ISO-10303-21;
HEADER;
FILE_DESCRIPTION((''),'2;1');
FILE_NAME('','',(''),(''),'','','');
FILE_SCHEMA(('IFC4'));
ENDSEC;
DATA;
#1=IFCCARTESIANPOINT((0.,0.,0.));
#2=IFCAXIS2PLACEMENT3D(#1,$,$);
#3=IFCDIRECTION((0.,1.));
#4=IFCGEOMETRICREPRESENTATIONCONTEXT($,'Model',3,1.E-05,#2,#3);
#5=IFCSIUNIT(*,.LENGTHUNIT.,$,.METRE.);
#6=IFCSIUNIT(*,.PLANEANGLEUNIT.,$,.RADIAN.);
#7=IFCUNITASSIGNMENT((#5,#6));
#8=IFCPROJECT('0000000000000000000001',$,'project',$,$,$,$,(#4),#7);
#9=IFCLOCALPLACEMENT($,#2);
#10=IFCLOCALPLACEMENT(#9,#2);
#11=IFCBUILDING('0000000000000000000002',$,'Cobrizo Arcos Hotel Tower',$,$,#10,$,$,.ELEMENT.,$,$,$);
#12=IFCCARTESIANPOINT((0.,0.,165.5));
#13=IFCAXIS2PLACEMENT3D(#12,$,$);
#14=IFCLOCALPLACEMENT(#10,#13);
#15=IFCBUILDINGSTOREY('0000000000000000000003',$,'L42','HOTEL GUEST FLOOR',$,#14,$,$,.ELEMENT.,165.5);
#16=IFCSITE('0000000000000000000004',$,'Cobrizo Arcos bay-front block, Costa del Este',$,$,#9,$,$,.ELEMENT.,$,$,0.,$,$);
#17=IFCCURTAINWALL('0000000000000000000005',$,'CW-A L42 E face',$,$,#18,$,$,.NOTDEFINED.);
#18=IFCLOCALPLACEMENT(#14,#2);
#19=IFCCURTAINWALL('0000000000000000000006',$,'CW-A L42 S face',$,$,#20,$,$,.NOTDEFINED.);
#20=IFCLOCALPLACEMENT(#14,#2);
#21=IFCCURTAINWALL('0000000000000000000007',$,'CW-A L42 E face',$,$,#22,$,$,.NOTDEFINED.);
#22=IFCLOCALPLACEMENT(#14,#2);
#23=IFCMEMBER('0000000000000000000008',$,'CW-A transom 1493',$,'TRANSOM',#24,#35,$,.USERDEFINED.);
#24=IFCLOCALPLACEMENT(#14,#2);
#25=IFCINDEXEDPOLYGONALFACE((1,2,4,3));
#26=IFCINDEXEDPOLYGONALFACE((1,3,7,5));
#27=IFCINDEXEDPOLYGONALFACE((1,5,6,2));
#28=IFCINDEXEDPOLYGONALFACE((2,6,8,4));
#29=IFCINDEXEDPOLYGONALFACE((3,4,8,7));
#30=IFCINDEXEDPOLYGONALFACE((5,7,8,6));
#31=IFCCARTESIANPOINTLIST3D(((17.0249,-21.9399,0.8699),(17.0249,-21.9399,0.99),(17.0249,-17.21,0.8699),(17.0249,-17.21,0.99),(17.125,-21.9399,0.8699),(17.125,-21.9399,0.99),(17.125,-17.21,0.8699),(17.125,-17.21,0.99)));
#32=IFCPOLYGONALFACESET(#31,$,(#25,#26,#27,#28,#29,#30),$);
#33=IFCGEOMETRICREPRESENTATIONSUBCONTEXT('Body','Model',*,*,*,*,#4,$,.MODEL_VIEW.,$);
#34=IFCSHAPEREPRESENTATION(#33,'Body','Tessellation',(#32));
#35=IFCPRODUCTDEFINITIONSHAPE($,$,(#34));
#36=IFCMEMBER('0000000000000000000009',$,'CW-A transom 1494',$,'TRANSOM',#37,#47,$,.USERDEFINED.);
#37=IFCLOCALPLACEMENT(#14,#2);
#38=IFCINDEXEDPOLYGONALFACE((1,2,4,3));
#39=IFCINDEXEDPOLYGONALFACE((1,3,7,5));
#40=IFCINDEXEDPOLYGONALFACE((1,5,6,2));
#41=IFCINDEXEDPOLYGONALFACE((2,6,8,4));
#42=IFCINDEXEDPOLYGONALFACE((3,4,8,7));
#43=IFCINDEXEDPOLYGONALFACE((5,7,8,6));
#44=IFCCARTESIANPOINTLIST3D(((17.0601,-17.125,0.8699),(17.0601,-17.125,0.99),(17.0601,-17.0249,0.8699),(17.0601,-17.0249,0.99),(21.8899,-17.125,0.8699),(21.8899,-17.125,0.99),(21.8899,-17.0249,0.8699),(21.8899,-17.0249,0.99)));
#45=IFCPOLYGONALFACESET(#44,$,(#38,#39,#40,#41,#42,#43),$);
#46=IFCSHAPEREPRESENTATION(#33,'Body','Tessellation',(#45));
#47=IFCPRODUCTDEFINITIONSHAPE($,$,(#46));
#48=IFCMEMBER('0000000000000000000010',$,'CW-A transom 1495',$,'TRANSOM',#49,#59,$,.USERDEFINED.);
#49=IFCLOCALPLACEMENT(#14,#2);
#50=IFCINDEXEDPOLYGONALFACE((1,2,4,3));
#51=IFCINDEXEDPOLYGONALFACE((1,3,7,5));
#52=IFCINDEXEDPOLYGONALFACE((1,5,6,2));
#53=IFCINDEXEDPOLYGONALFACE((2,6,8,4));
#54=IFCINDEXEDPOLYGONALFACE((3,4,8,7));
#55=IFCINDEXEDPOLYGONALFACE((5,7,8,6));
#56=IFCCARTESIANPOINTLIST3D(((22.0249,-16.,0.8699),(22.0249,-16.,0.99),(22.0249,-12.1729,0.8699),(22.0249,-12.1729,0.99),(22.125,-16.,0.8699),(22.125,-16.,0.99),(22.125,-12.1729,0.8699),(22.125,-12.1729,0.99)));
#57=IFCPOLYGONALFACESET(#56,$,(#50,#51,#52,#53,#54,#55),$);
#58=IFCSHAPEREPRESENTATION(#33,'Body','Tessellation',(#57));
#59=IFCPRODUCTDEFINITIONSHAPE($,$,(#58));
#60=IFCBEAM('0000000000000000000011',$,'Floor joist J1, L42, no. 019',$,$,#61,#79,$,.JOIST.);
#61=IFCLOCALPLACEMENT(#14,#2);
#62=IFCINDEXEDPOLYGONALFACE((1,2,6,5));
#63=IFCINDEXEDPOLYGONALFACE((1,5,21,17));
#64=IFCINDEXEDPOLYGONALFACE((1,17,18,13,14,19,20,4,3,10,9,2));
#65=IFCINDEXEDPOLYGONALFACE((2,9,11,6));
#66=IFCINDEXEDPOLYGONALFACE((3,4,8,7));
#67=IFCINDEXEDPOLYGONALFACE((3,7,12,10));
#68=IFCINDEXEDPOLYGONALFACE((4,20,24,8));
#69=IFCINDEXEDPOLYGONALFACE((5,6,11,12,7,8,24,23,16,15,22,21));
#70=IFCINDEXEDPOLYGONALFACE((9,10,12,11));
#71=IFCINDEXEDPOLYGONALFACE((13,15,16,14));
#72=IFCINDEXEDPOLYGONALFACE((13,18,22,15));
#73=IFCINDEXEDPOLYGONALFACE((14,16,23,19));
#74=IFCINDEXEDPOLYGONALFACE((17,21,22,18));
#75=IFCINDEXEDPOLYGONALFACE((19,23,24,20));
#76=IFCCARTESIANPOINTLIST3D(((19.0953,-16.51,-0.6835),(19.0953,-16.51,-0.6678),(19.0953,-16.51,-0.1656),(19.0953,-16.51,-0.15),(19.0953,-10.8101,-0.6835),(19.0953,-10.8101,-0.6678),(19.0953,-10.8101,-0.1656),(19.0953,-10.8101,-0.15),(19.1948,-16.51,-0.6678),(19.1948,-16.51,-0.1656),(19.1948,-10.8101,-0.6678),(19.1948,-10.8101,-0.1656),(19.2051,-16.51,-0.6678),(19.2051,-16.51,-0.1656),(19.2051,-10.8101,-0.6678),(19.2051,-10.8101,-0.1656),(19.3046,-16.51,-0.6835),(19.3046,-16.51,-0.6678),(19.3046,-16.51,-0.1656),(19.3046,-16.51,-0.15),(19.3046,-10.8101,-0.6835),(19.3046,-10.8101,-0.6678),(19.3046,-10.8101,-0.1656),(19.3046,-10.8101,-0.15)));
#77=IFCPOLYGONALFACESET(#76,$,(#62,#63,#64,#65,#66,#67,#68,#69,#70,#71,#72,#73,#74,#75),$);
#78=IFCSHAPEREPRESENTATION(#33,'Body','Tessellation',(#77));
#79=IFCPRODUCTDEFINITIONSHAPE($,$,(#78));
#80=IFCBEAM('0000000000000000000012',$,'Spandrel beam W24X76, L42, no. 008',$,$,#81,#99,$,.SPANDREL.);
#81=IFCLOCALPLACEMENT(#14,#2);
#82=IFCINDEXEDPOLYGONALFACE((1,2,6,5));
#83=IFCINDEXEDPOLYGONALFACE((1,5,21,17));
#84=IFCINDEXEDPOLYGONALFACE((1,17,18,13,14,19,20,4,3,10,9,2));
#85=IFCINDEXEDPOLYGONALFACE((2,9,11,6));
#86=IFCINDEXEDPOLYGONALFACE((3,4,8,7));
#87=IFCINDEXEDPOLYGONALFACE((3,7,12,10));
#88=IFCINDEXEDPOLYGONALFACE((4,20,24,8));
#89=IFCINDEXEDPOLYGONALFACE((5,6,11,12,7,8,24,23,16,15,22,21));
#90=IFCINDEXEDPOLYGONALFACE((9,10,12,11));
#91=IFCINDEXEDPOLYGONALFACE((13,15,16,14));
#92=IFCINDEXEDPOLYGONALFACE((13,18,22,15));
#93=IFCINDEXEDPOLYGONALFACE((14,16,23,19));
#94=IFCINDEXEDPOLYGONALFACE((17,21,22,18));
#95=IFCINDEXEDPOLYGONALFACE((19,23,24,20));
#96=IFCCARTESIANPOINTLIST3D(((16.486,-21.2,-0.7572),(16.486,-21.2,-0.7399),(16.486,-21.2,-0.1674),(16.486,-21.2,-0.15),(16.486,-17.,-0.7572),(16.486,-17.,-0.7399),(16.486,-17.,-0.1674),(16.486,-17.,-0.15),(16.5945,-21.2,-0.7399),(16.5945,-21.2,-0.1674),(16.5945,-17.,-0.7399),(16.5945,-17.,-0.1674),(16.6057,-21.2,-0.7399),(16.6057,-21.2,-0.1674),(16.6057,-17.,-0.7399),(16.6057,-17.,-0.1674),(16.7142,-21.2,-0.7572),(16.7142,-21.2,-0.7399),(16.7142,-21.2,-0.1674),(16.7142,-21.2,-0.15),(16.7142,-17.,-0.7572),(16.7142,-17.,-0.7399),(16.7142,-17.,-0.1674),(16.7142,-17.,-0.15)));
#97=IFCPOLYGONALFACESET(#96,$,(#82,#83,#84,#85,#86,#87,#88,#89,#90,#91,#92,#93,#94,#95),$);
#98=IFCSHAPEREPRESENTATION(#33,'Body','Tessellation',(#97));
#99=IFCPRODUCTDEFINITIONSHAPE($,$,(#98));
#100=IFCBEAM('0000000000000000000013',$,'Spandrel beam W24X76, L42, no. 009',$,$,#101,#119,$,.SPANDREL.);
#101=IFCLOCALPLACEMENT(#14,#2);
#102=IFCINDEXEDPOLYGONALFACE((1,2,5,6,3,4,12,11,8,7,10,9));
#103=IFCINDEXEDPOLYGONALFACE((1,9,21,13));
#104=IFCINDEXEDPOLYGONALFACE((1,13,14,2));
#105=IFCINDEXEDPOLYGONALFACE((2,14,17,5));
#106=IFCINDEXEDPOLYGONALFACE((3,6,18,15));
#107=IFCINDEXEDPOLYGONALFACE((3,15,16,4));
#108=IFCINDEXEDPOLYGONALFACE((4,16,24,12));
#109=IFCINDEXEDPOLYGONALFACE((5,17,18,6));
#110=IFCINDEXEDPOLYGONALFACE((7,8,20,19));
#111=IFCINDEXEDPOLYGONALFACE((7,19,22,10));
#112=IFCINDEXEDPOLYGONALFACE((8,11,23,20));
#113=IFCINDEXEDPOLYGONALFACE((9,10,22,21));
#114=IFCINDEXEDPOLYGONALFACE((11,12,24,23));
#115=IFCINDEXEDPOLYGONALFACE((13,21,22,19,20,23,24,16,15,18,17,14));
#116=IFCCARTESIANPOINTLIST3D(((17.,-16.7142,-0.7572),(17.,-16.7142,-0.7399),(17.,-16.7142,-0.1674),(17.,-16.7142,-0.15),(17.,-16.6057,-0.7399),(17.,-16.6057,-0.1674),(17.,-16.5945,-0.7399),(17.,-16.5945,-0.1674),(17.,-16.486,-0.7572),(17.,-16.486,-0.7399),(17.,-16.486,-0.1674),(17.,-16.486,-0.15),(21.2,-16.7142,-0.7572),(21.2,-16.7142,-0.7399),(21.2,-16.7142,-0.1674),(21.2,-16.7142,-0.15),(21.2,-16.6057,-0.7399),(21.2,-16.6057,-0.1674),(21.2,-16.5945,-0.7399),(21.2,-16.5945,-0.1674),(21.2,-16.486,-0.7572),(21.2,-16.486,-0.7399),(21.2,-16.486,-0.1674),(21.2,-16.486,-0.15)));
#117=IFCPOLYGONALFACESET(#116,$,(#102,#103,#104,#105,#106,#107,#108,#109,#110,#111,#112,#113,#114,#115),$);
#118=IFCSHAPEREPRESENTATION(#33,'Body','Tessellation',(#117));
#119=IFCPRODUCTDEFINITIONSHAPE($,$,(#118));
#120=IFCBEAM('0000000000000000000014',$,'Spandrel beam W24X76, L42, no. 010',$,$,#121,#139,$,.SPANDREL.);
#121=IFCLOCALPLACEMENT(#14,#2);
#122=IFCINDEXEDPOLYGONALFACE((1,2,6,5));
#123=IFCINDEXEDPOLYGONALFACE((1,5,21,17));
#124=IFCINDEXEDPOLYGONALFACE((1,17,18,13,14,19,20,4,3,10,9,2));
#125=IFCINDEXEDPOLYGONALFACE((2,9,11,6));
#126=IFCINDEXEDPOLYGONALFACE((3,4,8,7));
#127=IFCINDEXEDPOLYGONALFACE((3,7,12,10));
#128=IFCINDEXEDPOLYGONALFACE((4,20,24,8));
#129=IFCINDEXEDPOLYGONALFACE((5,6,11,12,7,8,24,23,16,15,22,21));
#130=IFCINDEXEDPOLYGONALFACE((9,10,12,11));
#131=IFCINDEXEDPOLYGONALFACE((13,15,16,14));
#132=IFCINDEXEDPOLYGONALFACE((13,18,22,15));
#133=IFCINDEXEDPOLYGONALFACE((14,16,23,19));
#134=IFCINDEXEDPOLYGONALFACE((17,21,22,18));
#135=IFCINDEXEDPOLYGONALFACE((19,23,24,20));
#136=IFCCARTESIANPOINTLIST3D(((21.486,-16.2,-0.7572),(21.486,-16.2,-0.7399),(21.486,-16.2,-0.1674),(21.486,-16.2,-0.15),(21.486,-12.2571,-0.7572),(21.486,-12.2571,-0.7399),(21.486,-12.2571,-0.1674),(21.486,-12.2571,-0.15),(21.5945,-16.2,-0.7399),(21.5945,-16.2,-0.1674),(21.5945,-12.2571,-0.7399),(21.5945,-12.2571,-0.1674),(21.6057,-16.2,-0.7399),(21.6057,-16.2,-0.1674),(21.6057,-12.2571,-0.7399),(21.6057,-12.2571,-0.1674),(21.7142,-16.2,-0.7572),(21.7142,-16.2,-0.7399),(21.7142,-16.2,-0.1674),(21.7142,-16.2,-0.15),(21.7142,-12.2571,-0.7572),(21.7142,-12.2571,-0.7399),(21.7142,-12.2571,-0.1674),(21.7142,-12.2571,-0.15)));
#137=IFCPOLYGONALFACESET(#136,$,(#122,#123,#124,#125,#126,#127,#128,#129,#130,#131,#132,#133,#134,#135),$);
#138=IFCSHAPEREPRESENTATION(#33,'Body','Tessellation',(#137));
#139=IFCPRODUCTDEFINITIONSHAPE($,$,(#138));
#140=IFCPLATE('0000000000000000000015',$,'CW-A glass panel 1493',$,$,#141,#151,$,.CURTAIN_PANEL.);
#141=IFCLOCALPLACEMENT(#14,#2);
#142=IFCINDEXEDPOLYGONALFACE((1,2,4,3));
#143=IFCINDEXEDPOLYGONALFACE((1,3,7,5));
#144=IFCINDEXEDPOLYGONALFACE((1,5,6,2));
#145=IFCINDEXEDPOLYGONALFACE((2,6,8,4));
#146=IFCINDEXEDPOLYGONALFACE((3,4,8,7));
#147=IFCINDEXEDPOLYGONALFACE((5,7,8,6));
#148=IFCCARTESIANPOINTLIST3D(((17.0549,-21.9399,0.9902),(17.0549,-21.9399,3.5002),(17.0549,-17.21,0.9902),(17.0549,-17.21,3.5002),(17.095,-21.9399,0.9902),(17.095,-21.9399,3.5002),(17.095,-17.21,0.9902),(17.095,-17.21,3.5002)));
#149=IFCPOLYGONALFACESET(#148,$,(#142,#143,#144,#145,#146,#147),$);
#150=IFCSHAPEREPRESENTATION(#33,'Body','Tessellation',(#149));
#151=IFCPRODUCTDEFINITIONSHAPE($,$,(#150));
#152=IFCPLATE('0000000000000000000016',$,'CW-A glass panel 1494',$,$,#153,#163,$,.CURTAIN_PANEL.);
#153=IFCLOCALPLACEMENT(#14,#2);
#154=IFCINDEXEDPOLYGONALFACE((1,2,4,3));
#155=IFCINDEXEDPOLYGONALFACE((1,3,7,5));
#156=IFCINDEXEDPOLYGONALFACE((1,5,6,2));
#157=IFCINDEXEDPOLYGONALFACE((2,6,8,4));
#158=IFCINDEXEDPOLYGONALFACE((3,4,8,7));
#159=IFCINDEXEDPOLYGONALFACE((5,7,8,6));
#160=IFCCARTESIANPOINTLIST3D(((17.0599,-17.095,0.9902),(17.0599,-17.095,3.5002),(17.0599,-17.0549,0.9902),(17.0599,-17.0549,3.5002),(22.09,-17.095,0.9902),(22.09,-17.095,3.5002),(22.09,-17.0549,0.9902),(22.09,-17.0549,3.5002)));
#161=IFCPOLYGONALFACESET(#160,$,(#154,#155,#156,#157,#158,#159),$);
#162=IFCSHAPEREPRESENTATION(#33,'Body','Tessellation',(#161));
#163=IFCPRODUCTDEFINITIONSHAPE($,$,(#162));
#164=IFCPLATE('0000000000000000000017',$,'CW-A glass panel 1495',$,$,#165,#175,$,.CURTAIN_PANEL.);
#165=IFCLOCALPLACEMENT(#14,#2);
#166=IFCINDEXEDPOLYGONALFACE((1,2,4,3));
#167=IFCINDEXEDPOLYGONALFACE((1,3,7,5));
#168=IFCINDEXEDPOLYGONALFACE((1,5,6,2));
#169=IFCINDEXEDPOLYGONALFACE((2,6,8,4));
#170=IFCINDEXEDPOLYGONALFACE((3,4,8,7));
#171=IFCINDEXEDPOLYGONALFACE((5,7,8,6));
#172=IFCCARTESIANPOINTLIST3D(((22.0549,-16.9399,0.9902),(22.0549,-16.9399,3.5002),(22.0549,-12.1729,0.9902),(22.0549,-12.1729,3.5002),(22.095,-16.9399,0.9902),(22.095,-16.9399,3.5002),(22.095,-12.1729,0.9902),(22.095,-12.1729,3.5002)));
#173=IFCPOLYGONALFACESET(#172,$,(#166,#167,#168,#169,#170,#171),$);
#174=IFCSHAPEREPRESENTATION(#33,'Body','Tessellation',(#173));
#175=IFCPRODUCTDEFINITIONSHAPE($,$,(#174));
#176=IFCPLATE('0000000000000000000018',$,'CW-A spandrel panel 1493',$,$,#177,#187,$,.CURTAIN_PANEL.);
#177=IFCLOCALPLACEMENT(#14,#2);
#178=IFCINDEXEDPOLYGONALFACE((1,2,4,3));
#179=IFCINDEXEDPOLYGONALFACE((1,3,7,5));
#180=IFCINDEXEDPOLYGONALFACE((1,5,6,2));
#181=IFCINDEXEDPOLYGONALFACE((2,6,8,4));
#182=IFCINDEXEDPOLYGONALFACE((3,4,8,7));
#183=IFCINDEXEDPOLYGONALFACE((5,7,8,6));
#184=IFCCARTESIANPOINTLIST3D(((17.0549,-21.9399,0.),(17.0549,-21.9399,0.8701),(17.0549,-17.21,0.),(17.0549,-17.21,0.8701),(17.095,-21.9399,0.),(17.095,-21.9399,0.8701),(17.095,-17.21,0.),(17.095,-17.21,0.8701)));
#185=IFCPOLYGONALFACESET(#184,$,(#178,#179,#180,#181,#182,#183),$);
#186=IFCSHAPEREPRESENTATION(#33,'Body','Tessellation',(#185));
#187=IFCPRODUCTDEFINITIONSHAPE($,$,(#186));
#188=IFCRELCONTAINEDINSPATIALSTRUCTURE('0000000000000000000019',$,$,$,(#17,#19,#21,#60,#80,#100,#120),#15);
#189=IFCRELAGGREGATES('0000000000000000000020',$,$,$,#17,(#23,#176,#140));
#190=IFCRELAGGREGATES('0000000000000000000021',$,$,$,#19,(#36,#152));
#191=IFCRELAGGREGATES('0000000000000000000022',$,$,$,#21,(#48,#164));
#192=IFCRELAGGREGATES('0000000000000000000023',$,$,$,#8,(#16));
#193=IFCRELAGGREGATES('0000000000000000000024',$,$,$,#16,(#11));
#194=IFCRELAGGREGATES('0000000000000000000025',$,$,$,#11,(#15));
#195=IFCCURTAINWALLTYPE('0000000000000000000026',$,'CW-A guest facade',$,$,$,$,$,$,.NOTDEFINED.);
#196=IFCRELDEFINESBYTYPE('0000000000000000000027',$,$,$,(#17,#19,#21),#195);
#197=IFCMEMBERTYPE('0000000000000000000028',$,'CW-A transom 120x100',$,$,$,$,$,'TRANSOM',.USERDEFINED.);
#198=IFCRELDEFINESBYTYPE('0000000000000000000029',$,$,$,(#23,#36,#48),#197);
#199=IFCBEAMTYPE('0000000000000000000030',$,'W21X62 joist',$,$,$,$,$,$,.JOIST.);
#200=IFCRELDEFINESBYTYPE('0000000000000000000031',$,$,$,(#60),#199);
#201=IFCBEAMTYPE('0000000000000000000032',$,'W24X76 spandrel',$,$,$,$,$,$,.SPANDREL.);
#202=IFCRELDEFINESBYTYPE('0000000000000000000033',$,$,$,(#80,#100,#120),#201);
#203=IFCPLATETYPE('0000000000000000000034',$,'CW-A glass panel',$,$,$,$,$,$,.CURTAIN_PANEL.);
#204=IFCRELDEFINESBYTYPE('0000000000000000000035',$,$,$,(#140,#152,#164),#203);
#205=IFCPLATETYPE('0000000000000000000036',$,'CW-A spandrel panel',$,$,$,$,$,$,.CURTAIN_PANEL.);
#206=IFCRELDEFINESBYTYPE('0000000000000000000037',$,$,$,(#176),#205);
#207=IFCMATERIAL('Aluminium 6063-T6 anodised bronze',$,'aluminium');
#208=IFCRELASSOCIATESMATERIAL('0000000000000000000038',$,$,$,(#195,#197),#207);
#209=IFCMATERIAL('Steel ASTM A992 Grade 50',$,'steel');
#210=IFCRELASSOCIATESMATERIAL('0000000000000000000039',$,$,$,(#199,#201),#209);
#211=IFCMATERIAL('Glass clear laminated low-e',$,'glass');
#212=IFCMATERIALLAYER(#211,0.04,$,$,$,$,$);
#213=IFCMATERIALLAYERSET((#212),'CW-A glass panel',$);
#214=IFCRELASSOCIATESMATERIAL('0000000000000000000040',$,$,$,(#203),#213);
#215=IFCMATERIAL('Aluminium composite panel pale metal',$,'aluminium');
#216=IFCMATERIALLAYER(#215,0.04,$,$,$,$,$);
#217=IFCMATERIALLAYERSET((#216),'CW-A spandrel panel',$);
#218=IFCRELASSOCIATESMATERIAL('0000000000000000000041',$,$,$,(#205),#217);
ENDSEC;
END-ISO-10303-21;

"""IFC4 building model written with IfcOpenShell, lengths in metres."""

from ifc_helpers import new_model, si_unit, direction, frame, origin, origin_2d, place, context, subcontext, project, spatial, rectangle, i_section, extrude, material, layer, layer_set, material_profile, profile_set, type_object, element, aggregate, save


model = new_model("IFC4")

# Units and contexts
model_context = context("Model", 3, precision=1e-05, world=origin(), true_north=direction((0.0, 1.0)))
body_context = subcontext(model_context, "Body", "Model", "MODEL_VIEW")
ifc_project = project(units=[si_unit("LENGTHUNIT", "METRE"), si_unit("PLANEANGLEUNIT", "RADIAN")], contexts=[model_context])

# Site, building, storey
site_placement = place(None, origin())
site = spatial("IfcSite", under=ifc_project, at=site_placement, Name="Cobrizo Arcos bay-front block, Costa del Este", CompositionType="ELEMENT", RefElevation=0.0)
building_placement = place(site_placement, origin())
building = spatial("IfcBuilding", under=site, at=building_placement, Name="Cobrizo Arcos Hotel Tower", CompositionType="ELEMENT")
storey_placement = place(building_placement, frame((0.0, 0.0, 165.5)))
storey = spatial("IfcBuildingStorey", under=building, at=storey_placement, Name="L42", Description="HOTEL GUEST FLOOR", CompositionType="ELEMENT", Elevation=165.5)

# Shared definitions
ifc_material_1 = material(Name="Aluminium 6063-T6 anodised bronze", Category="aluminium")
curtain_wall_type = type_object("IfcCurtainWallType", Name="CW-A guest facade", PredefinedType="NOTDEFINED", material=ifc_material_1)

# Curtain walls
curtain_wall_1_placement = place(storey_placement, origin())
curtain_wall_1 = element("IfcCurtainWall", 1, at=curtain_wall_1_placement, inside=storey, type_object=curtain_wall_type, Name="CW-A L42 E face", PredefinedType="NOTDEFINED")
curtain_wall_2_placement = place(storey_placement, origin())
curtain_wall_2 = element("IfcCurtainWall", 2, at=curtain_wall_2_placement, inside=storey, type_object=curtain_wall_type, Name="CW-A L42 S face", PredefinedType="NOTDEFINED")

# Curtain wall
curtain_wall_3_placement = place(storey_placement, origin())
curtain_wall_3 = element("IfcCurtainWall", 3, at=curtain_wall_3_placement, inside=storey, type_object=curtain_wall_type, Name="CW-A L42 E face", PredefinedType="NOTDEFINED")

# Members
ifc_material_profile_1 = material_profile(ifc_material_1, rectangle(XDim=0.1001, YDim=0.1201, at=origin_2d()), Name="CW-A transom 120x100")
ifc_profile_set_1 = profile_set([ifc_material_profile_1], Name="Aluminium 6063-T6 anodised bronze")
member_type_1 = type_object("IfcMemberType", Name="CW-A transom 120x100", ElementType="TRANSOM", PredefinedType="USERDEFINED", material=ifc_profile_set_1)
member_1_placement = place(storey_placement, frame((17.075, -21.9399, 0.9299), z_axis=(0.0, 1.0, 0.0), x_axis=(-1.0, 0.0, 0.0)))
member_1 = element("IfcMember", 4, at=member_1_placement, type_object=member_type_1, Name="CW-A transom 1493", ObjectType="TRANSOM", PredefinedType="USERDEFINED", context=body_context, shape_type="SweptSolid", body=[
    extrude(rectangle(XDim=0.1001, YDim=0.1201, at=origin_2d()), origin(), (0.0, 0.0, 1.0), 4.73),
])
member_2_placement = place(storey_placement, frame((17.0601, -17.075, 0.9299), z_axis=(1.0, 0.0, 0.0), x_axis=(0.0, 1.0, 0.0)))
member_2 = element("IfcMember", 5, at=member_2_placement, type_object=member_type_1, Name="CW-A transom 1494", ObjectType="TRANSOM", PredefinedType="USERDEFINED", context=body_context, shape_type="SweptSolid", body=[
    extrude(rectangle(XDim=0.1001, YDim=0.1201, at=origin_2d()), origin(), (0.0, 0.0, 1.0), 4.8298),
])
member_3_placement = place(storey_placement, frame((22.075, -16.0, 0.9299), z_axis=(0.0, 1.0, 0.0), x_axis=(-1.0, 0.0, 0.0)))
member_3 = element("IfcMember", 6, at=member_3_placement, type_object=member_type_1, Name="CW-A transom 1495", ObjectType="TRANSOM", PredefinedType="USERDEFINED", context=body_context, shape_type="SweptSolid", body=[
    extrude(rectangle(XDim=0.1001, YDim=0.1201, at=origin_2d()), origin(), (0.0, 0.0, 1.0), 3.8271),
])

# Beams
ifc_material_2 = material(Name="Steel ASTM A992 Grade 50", Category="steel")
ifc_material_profile_2 = material_profile(ifc_material_2, i_section(OverallWidth=0.2092, OverallDepth=0.5334, WebThickness=0.0103, FlangeThickness=0.0156, at=origin_2d()), Name="W21X62")
ifc_profile_set_2 = profile_set([ifc_material_profile_2], Name="Steel ASTM A992 Grade 50")
beam_type_1 = type_object("IfcBeamType", Name="W21X62 joist", PredefinedType="JOIST", material=ifc_profile_set_2)
beam_1_placement = place(storey_placement, frame((19.2, -16.51, -0.4167), z_axis=(0.0, 1.0, 0.0), x_axis=(-1.0, 0.0, 0.0)))
element("IfcBeam", 7, at=beam_1_placement, inside=storey, type_object=beam_type_1, Name="Floor joist J1, L42, no. 019", PredefinedType="JOIST", context=body_context, shape_type="SweptSolid", body=[
    extrude(i_section(OverallWidth=0.2092, OverallDepth=0.5334, WebThickness=0.0103, FlangeThickness=0.0156, at=origin_2d()), origin(), (0.0, 0.0, 1.0), 5.7),
])
ifc_material_profile_3 = material_profile(ifc_material_2, i_section(OverallWidth=0.2283, OverallDepth=0.6072, WebThickness=0.0112, FlangeThickness=0.0173, at=origin_2d()), Name="W24X76")
ifc_profile_set_3 = profile_set([ifc_material_profile_3], Name="Steel ASTM A992 Grade 50")
beam_type_2 = type_object("IfcBeamType", Name="W24X76 spandrel", PredefinedType="SPANDREL", material=ifc_profile_set_3)
for number, where, z_axis, x_axis, name in (
    (8, (16.6001, -21.2, -0.4536), (0.0, 1.0, 0.0), (-1.0, 0.0, 0.0), "Spandrel beam W24X76, L42, no. 008"),
    (9, (17.0, -16.6001, -0.4536), (1.0, 0.0, 0.0), (0.0, 1.0, 0.0), "Spandrel beam W24X76, L42, no. 009"),
):
    element("IfcBeam", number, at=place(storey_placement, frame(where, z_axis=z_axis, x_axis=x_axis)), inside=storey, type_object=beam_type_2, Name=name, PredefinedType="SPANDREL", context=body_context, shape_type="SweptSolid", body=[
        extrude(i_section(OverallWidth=0.2283, OverallDepth=0.6072, WebThickness=0.0112, FlangeThickness=0.0173, at=origin_2d()), origin(), (0.0, 0.0, 1.0), 4.2),
    ])
beam_2_placement = place(storey_placement, frame((21.6001, -16.2, -0.4536), z_axis=(0.0, 1.0, 0.0), x_axis=(-1.0, 0.0, 0.0)))
element("IfcBeam", 10, at=beam_2_placement, inside=storey, type_object=beam_type_2, Name="Spandrel beam W24X76, L42, no. 010", PredefinedType="SPANDREL", context=body_context, shape_type="SweptSolid", body=[
    extrude(i_section(OverallWidth=0.2283, OverallDepth=0.6072, WebThickness=0.0112, FlangeThickness=0.0173, at=origin_2d()), origin(), (0.0, 0.0, 1.0), 3.9429),
])

# Plates
ifc_material_3 = material(Name="Glass clear laminated low-e", Category="glass")
ifc_layer_1 = layer(ifc_material_3, 0.04)
ifc_layer_set_1 = layer_set([ifc_layer_1], Name="CW-A glass panel")
plate_type_1 = type_object("IfcPlateType", Name="CW-A glass panel", PredefinedType="CURTAIN_PANEL", material=ifc_layer_set_1)
plate_1_placement = place(storey_placement, frame((17.075, -19.575, 0.9902), z_axis=(0.0, 0.0, 1.0), x_axis=(0.0, 1.0, 0.0)))
plate_1 = element("IfcPlate", 11, at=plate_1_placement, type_object=plate_type_1, Name="CW-A glass panel 1493", PredefinedType="CURTAIN_PANEL", context=body_context, shape_type="SweptSolid", body=[
    extrude(rectangle(XDim=4.73, YDim=0.04, at=origin_2d()), origin(), (0.0, 0.0, 1.0), 2.51),
])
plate_2_placement = place(storey_placement, frame((19.575, -17.075, 0.9902), z_axis=(0.0, 0.0, 1.0), x_axis=(1.0, 0.0, 0.0)))
plate_2 = element("IfcPlate", 12, at=plate_2_placement, type_object=plate_type_1, Name="CW-A glass panel 1494", PredefinedType="CURTAIN_PANEL", context=body_context, shape_type="SweptSolid", body=[
    extrude(rectangle(XDim=5.03, YDim=0.04, at=origin_2d()), origin(), (0.0, 0.0, 1.0), 2.51),
])
plate_3_placement = place(storey_placement, frame((22.075, -14.5564, 0.9902), z_axis=(0.0, 0.0, 1.0), x_axis=(0.0, 1.0, 0.0)))
plate_3 = element("IfcPlate", 13, at=plate_3_placement, type_object=plate_type_1, Name="CW-A glass panel 1495", PredefinedType="CURTAIN_PANEL", context=body_context, shape_type="SweptSolid", body=[
    extrude(rectangle(XDim=4.7671, YDim=0.04, at=origin_2d()), origin(), (0.0, 0.0, 1.0), 2.51),
])
ifc_material_4 = material(Name="Aluminium composite panel pale metal", Category="aluminium")
ifc_layer_2 = layer(ifc_material_4, 0.04)
ifc_layer_set_2 = layer_set([ifc_layer_2], Name="CW-A spandrel panel")
plate_type_2 = type_object("IfcPlateType", Name="CW-A spandrel panel", PredefinedType="CURTAIN_PANEL", material=ifc_layer_set_2)
plate_4_placement = place(storey_placement, frame((17.075, -19.575, 0.0), z_axis=(0.0, 0.0, 1.0), x_axis=(0.0, 1.0, 0.0)))
plate_4 = element("IfcPlate", 14, at=plate_4_placement, type_object=plate_type_2, Name="CW-A spandrel panel 1493", PredefinedType="CURTAIN_PANEL", context=body_context, shape_type="SweptSolid", body=[
    extrude(rectangle(XDim=4.73, YDim=0.04, at=origin_2d()), origin(), (0.0, 0.0, 1.0), 0.8701),
])
aggregate(curtain_wall_1, [member_1, plate_4, plate_1])
aggregate(curtain_wall_2, [member_2, plate_2])
aggregate(curtain_wall_3, [member_3, plate_3])

save(model, "model.ifc")
